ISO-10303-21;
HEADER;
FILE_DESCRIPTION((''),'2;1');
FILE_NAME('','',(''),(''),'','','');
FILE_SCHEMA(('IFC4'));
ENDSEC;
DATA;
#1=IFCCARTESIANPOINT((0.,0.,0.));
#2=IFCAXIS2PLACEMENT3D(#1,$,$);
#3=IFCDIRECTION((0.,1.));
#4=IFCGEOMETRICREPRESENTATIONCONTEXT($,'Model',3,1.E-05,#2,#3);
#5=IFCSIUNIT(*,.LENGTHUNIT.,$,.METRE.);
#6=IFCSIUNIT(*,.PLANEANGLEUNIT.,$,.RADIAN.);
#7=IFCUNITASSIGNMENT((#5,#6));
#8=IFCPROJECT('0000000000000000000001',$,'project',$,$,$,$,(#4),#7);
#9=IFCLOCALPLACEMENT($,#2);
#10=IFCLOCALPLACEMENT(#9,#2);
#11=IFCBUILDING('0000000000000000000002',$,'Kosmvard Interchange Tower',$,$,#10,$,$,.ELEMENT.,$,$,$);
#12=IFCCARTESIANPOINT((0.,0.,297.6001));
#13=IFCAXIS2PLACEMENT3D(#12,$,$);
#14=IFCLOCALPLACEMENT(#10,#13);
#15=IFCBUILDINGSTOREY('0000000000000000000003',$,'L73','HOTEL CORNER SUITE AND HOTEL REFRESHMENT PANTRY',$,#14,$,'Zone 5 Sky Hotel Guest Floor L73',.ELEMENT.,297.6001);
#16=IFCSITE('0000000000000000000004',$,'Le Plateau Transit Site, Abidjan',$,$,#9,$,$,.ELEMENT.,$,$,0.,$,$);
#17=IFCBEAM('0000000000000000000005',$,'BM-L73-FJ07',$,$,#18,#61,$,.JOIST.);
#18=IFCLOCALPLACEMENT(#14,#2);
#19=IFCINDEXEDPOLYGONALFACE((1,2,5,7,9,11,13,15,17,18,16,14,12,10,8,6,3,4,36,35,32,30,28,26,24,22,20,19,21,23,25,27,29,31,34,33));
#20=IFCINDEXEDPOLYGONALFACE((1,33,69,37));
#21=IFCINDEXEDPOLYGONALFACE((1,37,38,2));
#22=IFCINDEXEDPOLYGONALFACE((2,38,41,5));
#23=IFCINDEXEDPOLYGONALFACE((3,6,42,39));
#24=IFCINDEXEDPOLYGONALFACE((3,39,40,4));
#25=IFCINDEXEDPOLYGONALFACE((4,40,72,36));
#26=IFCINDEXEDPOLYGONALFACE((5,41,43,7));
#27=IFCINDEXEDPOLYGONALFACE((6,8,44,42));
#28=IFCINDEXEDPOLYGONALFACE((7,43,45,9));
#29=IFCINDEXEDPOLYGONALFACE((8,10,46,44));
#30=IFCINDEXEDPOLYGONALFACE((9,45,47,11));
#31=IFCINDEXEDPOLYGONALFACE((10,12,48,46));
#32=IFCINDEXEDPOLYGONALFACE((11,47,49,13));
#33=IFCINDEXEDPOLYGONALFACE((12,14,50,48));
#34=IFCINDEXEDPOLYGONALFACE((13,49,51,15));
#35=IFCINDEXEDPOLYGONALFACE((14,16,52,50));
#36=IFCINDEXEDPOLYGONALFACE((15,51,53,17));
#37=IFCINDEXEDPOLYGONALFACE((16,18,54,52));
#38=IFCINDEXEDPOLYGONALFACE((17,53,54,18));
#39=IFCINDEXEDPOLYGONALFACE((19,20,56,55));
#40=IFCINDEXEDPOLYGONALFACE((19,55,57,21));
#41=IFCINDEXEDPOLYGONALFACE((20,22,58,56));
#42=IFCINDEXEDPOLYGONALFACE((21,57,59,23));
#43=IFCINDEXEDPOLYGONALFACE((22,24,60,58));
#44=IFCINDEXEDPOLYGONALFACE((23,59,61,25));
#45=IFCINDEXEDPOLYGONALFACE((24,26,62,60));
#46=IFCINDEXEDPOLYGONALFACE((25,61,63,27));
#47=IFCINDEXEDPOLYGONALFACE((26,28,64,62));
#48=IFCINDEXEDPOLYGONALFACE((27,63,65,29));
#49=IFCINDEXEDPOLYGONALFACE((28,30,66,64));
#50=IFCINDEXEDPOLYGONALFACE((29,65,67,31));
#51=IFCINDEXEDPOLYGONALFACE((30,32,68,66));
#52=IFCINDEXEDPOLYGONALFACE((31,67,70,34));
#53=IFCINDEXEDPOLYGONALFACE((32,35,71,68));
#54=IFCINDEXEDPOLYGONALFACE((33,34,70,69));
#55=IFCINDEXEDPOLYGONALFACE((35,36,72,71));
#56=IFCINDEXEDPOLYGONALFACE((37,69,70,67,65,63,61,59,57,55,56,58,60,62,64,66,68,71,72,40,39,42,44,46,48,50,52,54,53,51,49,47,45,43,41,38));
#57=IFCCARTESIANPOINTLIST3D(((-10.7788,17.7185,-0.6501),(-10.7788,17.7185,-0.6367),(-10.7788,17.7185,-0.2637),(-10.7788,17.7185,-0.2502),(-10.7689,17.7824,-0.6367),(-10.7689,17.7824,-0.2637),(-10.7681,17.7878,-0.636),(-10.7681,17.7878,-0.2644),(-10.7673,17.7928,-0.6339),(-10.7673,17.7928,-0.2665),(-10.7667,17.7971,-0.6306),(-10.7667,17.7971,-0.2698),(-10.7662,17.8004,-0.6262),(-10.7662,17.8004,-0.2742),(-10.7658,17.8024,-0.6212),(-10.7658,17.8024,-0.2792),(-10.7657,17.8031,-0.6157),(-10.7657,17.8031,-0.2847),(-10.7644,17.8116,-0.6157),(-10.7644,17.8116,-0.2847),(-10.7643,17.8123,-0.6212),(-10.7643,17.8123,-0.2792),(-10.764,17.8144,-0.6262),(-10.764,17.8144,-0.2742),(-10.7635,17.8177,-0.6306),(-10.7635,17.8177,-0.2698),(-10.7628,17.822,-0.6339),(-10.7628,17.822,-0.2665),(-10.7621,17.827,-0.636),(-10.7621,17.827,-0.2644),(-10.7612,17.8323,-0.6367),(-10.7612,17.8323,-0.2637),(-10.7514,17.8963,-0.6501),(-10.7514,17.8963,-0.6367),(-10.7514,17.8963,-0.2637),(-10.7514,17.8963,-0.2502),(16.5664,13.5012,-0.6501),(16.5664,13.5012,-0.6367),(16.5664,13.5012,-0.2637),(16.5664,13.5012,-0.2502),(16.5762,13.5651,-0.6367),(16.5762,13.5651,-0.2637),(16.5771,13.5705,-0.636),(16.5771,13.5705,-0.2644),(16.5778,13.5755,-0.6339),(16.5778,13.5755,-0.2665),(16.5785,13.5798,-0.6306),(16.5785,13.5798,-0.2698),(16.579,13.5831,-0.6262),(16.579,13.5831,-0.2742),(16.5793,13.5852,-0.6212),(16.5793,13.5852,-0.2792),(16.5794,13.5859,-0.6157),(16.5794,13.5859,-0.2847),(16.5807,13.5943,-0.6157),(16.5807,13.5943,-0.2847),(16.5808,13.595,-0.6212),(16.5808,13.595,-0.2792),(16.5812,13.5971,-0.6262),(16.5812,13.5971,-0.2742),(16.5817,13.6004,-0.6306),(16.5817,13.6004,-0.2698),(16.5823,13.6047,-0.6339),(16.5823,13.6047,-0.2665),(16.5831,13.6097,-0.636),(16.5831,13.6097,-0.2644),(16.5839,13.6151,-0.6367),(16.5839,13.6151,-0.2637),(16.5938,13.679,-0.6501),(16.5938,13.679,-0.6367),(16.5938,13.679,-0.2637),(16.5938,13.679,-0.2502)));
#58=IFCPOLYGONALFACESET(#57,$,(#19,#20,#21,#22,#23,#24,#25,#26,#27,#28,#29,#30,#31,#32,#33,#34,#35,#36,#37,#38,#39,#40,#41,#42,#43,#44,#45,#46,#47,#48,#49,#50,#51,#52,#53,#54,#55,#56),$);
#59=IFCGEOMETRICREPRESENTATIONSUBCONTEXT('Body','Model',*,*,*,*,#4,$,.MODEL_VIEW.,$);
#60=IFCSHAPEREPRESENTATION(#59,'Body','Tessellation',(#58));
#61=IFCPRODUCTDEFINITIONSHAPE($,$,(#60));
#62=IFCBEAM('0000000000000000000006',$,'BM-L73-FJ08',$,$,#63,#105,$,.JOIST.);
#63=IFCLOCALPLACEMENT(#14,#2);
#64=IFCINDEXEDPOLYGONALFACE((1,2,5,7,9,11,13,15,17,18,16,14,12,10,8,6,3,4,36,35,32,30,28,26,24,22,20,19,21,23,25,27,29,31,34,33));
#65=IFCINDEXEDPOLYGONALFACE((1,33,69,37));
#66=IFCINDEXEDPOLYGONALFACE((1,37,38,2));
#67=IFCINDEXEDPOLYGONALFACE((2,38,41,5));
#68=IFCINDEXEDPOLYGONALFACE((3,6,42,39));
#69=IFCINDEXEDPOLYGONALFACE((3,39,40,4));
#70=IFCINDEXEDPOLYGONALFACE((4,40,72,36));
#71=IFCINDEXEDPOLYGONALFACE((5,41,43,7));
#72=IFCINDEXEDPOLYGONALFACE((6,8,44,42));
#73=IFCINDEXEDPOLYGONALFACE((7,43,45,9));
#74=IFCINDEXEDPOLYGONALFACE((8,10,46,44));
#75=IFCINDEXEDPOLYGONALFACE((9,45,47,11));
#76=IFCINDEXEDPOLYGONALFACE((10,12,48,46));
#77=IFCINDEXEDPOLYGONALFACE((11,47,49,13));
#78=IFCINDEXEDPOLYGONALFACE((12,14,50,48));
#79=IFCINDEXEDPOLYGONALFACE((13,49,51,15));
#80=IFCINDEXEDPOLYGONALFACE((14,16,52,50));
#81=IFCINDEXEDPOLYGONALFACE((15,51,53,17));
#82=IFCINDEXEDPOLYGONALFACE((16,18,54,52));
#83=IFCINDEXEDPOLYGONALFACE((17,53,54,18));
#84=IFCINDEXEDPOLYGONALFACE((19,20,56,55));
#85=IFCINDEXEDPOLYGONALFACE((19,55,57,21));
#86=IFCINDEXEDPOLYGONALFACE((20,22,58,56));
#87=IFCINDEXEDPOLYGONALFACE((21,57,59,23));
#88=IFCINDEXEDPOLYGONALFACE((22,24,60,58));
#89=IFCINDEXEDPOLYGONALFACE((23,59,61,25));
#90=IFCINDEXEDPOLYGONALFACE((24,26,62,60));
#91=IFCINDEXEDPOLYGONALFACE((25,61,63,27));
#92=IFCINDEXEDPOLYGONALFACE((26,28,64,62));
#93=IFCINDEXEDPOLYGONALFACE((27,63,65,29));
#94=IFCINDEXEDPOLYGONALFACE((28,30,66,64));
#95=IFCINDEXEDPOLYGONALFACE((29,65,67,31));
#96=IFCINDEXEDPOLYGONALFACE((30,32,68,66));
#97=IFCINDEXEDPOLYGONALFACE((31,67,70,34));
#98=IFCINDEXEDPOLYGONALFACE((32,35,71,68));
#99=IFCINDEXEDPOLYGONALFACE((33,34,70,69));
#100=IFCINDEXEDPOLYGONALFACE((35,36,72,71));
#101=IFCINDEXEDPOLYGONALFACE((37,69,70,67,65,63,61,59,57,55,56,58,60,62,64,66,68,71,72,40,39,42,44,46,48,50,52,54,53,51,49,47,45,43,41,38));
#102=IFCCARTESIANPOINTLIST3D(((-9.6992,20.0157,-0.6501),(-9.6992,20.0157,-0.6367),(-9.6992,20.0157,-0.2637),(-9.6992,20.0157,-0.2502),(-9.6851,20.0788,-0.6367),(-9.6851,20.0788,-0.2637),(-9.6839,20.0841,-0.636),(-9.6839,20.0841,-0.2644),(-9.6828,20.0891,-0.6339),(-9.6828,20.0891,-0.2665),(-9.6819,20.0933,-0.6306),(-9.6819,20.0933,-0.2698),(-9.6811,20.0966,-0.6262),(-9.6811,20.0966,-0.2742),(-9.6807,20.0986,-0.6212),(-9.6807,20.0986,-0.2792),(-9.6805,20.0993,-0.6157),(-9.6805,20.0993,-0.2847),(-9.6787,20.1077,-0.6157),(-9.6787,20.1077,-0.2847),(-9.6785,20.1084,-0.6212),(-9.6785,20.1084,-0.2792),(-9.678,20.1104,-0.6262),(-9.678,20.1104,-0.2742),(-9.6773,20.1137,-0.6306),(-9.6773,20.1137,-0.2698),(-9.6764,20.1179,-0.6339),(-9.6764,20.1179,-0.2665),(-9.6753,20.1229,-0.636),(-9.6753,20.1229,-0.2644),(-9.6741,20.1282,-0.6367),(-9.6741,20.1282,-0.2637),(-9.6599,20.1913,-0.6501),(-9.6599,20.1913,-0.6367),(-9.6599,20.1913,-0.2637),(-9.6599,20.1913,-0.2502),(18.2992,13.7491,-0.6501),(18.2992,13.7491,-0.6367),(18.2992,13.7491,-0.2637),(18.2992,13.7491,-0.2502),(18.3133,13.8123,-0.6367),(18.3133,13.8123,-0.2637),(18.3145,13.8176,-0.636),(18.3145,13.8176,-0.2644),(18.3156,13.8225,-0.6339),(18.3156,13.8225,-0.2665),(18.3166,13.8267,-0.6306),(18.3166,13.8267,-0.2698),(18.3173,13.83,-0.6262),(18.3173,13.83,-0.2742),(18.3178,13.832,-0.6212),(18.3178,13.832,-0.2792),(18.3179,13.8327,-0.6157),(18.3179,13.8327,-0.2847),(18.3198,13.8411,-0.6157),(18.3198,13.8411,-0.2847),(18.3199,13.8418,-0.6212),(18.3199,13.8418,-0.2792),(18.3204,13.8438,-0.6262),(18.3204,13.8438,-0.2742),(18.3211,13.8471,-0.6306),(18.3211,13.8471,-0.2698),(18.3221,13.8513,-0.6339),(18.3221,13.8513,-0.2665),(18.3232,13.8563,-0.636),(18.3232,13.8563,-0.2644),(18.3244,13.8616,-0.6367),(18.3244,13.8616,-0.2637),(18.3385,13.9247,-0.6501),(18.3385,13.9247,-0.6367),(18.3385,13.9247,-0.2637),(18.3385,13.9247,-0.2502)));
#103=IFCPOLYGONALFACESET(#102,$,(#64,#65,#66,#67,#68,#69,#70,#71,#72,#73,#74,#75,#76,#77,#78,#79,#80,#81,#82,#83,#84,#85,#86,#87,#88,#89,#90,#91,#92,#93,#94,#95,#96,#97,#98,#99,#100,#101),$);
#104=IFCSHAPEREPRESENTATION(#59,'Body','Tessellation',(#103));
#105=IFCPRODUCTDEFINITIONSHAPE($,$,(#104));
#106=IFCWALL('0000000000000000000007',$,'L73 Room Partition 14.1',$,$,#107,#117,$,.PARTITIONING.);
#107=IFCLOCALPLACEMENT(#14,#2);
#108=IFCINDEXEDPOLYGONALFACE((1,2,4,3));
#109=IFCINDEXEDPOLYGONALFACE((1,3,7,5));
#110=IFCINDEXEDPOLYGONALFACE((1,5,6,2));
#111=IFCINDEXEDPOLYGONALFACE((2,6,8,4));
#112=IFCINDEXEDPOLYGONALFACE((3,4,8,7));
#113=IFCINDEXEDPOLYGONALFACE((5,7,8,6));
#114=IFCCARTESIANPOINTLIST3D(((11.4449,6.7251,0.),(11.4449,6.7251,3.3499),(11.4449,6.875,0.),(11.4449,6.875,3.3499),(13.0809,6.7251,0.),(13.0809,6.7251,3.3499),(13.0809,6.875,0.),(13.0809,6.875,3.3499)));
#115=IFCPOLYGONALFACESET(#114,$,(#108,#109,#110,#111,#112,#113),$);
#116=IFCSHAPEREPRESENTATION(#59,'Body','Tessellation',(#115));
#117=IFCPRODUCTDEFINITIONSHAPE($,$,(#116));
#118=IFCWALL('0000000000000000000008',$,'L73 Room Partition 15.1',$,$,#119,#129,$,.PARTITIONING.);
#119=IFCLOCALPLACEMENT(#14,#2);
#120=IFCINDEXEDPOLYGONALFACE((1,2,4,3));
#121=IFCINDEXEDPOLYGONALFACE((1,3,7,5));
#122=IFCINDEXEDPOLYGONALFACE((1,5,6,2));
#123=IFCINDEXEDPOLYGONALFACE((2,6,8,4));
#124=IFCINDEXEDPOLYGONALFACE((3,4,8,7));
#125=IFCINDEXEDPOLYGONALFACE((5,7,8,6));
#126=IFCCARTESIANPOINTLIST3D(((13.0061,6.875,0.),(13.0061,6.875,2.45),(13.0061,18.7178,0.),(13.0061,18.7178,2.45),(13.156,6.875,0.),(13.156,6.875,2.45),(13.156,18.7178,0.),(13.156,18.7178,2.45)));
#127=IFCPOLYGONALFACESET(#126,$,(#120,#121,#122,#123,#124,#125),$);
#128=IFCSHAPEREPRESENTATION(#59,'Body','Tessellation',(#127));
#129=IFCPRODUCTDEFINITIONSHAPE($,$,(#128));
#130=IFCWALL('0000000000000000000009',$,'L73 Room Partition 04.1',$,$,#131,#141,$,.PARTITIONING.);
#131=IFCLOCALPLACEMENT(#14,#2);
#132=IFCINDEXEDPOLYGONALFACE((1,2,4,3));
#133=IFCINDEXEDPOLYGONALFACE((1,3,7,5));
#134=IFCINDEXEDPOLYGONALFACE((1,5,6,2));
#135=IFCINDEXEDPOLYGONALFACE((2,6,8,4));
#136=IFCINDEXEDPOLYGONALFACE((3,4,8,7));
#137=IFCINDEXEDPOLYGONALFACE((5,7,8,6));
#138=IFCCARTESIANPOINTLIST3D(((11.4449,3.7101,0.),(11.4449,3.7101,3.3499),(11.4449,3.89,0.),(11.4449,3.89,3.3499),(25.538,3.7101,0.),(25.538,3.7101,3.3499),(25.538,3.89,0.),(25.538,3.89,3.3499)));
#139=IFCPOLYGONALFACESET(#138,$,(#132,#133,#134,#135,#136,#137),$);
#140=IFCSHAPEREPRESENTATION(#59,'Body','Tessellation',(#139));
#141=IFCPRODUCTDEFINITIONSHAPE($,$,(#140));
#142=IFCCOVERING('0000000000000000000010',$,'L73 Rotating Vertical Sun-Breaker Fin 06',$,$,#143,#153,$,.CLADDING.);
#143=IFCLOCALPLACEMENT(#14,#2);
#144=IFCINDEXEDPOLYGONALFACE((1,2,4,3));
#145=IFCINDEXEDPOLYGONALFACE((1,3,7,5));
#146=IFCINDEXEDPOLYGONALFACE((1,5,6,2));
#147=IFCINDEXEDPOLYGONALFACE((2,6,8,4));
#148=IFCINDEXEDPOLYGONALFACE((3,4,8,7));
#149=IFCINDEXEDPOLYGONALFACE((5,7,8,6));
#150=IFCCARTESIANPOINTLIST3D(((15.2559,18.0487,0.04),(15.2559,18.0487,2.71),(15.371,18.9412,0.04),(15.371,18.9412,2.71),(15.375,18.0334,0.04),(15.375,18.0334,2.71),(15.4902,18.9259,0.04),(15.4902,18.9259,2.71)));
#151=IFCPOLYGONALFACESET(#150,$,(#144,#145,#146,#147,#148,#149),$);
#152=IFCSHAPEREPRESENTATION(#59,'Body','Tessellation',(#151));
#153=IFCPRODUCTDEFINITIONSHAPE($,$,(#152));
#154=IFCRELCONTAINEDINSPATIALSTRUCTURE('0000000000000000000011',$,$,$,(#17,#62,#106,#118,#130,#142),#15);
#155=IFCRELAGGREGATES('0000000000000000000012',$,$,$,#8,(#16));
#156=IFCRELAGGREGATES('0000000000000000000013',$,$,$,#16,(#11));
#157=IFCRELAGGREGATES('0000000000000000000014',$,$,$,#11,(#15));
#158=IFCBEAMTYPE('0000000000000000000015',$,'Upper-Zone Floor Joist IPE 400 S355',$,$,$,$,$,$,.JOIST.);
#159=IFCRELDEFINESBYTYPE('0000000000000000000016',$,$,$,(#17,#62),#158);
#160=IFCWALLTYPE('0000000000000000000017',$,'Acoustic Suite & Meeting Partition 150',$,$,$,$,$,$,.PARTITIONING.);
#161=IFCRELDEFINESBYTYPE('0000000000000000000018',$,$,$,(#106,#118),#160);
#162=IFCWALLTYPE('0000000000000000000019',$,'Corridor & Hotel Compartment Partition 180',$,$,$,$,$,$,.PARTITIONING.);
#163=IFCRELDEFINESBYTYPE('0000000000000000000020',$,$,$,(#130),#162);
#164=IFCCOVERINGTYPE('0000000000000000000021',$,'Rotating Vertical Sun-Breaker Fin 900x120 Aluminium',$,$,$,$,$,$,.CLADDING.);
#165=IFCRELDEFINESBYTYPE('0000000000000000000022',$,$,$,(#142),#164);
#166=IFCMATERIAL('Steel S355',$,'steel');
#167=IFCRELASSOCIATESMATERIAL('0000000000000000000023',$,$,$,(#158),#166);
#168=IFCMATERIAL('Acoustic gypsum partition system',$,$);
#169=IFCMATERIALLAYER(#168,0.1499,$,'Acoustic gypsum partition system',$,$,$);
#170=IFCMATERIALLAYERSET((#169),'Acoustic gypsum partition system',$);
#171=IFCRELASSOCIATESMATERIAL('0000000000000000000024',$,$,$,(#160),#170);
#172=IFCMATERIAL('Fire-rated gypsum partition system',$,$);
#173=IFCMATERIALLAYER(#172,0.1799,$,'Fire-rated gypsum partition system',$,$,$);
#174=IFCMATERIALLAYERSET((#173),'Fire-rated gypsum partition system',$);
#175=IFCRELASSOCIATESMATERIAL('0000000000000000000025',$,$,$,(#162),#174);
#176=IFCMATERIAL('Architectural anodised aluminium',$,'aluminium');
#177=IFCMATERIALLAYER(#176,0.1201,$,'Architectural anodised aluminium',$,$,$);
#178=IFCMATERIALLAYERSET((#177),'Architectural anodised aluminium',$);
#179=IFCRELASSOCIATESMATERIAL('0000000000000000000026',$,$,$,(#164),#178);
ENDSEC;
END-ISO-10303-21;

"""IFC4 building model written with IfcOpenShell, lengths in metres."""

from ifc_helpers import new_model, si_unit, direction, frame, frame_2d, origin, origin_2d, place, context, subcontext, project, spatial, rectangle, i_section, extrude, source, transform, mapped, material, layer, layer_set, material_profile, profile_set, type_object, element, save


model = new_model("IFC4")

# Units and contexts
model_context = context("Model", 3, precision=1e-05, world=origin(), true_north=direction((0.0, 1.0)))
body_context = subcontext(model_context, "Body", "Model", "MODEL_VIEW")
ifc_project = project(units=[si_unit("LENGTHUNIT", "METRE"), si_unit("PLANEANGLEUNIT", "RADIAN")], contexts=[model_context])

# Site, building, storey
site_placement = place(None, origin())
site = spatial("IfcSite", under=ifc_project, at=site_placement, Name="Le Plateau Transit Site, Abidjan", CompositionType="ELEMENT", RefElevation=0.0)
building_placement = place(site_placement, origin())
building = spatial("IfcBuilding", under=site, at=building_placement, Name="Kosmvard Interchange Tower", CompositionType="ELEMENT")
storey_placement = place(building_placement, frame((0.0, 0.0, 297.6001)))
storey = spatial("IfcBuildingStorey", under=building, at=storey_placement, Name="L73", Description="HOTEL CORNER SUITE AND HOTEL REFRESHMENT PANTRY", LongName="Zone 5 Sky Hotel Guest Floor L73", CompositionType="ELEMENT", Elevation=297.6001)

# Beams
ifc_material_1 = material(Name="Steel S355", Category="steel")
ifc_material_profile_1 = material_profile(ifc_material_1, i_section(OverallWidth=0.1799, OverallDepth=0.3999, WebThickness=0.0085, FlangeThickness=0.0134, FilletRadius=0.021, at=origin_2d()), Name="IPE 400")
ifc_profile_set_1 = profile_set([ifc_material_profile_1], Name="Steel S355")
beam_type_1 = type_object("IfcBeamType", Name="Upper-Zone Floor Joist IPE 400 S355", PredefinedType="JOIST", material=ifc_profile_set_1)
shared_shape_1 = source(origin(), body_context, "Body", "SweptSolid", [
    extrude(i_section(OverallWidth=0.1799, OverallDepth=0.3999, WebThickness=0.0085, FlangeThickness=0.0134, FilletRadius=0.021, at=origin_2d()), origin(), (0.0, 0.0, 1.0), 27.6685),
])
beam_1_placement = place(storey_placement, frame((16.5801, 13.5901, -0.4502), z_axis=(-0.988316, 0.152422, 0.0), x_axis=(-0.152422, -0.988316, 0.0)))
element("IfcBeam", 1, at=beam_1_placement, inside=storey, type_object=beam_type_1, Name="BM-L73-FJ07", PredefinedType="JOIST", context=body_context, shape_type="MappedRepresentation", body=[
    mapped(shared_shape_1, transform((0.0, 0.0, 0.0), scale=1.0)),
])
shared_shape_2 = source(origin(), body_context, "Body", "SweptSolid", [
    extrude(i_section(OverallWidth=0.1799, OverallDepth=0.3999, WebThickness=0.0085, FlangeThickness=0.0134, FilletRadius=0.021, at=origin_2d()), origin(), (0.0, 0.0, 1.0), 28.6912),
])
beam_2_placement = place(storey_placement, frame((18.3188, 13.8369, -0.4502), z_axis=(-0.975856, 0.218415, 0.0), x_axis=(-0.218415, -0.975856, 0.0)))
element("IfcBeam", 2, at=beam_2_placement, inside=storey, type_object=beam_type_1, Name="BM-L73-FJ08", PredefinedType="JOIST", context=body_context, shape_type="MappedRepresentation", body=[
    mapped(shared_shape_2, transform((0.0, 0.0, 0.0), scale=1.0)),
])

# Walls
ifc_material_2 = material(Name="Acoustic gypsum partition system")
ifc_layer_1 = layer(ifc_material_2, 0.1499, Name="Acoustic gypsum partition system")
ifc_layer_set_1 = layer_set([ifc_layer_1], Name="Acoustic gypsum partition system")
wall_type_1 = type_object("IfcWallType", Name="Acoustic Suite & Meeting Partition 150", PredefinedType="PARTITIONING", material=ifc_layer_set_1)
wall_1_placement = place(storey_placement, frame((11.4451, 6.8, 0.0), z_axis=(0.0, 0.0, 1.0), x_axis=(1.0, 0.0, 0.0)))
element("IfcWall", 3, at=wall_1_placement, inside=storey, type_object=wall_type_1, Name="L73 Room Partition 14.1", PredefinedType="PARTITIONING", context=body_context, shape_type="SweptSolid", body=[
    extrude(rectangle(XDim=1.636, YDim=0.1499, at=frame_2d((0.8179, 0.0))), origin(), (0.0, 0.0, 1.0), 3.3499),
])
wall_2_placement = place(storey_placement, frame((13.0811, 6.875, 0.0), z_axis=(0.0, 0.0, 1.0), x_axis=(0.0, 1.0, 0.0)))
element("IfcWall", 4, at=wall_2_placement, inside=storey, type_object=wall_type_1, Name="L73 Room Partition 15.1", PredefinedType="PARTITIONING", context=body_context, shape_type="SweptSolid", body=[
    extrude(rectangle(XDim=11.8428, YDim=0.1499, at=frame_2d((5.9214, 0.0))), origin(), (0.0, 0.0, 1.0), 2.45),
])
ifc_material_3 = material(Name="Fire-rated gypsum partition system")
ifc_layer_2 = layer(ifc_material_3, 0.1799, Name="Fire-rated gypsum partition system")
ifc_layer_set_2 = layer_set([ifc_layer_2], Name="Fire-rated gypsum partition system")
wall_type_2 = type_object("IfcWallType", Name="Corridor & Hotel Compartment Partition 180", PredefinedType="PARTITIONING", material=ifc_layer_set_2)
wall_3_placement = place(storey_placement, frame((11.4451, 3.8, 0.0), z_axis=(0.0, 0.0, 1.0), x_axis=(1.0, 0.0, 0.0)))
element("IfcWall", 5, at=wall_3_placement, inside=storey, type_object=wall_type_2, Name="L73 Room Partition 04.1", PredefinedType="PARTITIONING", context=body_context, shape_type="SweptSolid", body=[
    extrude(rectangle(XDim=14.093, YDim=0.1799, at=frame_2d((7.0464, 0.0))), origin(), (0.0, 0.0, 1.0), 3.3499),
])

# Covering
ifc_material_4 = material(Name="Architectural anodised aluminium", Category="aluminium")
ifc_layer_3 = layer(ifc_material_4, 0.1201, Name="Architectural anodised aluminium")
ifc_layer_set_3 = layer_set([ifc_layer_3], Name="Architectural anodised aluminium")
covering_type = type_object("IfcCoveringType", Name="Rotating Vertical Sun-Breaker Fin 900x120 Aluminium", PredefinedType="CLADDING", material=ifc_layer_set_3)
shared_shape_3 = source(origin(), body_context, "Body", "SweptSolid", [
    extrude(rectangle(XDim=0.8999, YDim=0.1201, at=origin_2d()), origin(), (0.0, 0.0, 1.0), 2.6699),
])
covering_placement = place(storey_placement, frame((15.373, 18.4873, 0.04), z_axis=(0.0, 0.0, 1.0), x_axis=(0.12793, 0.991783, 0.0)))
element("IfcCovering", 6, at=covering_placement, inside=storey, type_object=covering_type, Name="L73 Rotating Vertical Sun-Breaker Fin 06", PredefinedType="CLADDING", context=body_context, shape_type="MappedRepresentation", body=[
    mapped(shared_shape_3, transform((0.0, 0.0, 0.0), scale=1.0)),
])

save(model, "model.ifc")
